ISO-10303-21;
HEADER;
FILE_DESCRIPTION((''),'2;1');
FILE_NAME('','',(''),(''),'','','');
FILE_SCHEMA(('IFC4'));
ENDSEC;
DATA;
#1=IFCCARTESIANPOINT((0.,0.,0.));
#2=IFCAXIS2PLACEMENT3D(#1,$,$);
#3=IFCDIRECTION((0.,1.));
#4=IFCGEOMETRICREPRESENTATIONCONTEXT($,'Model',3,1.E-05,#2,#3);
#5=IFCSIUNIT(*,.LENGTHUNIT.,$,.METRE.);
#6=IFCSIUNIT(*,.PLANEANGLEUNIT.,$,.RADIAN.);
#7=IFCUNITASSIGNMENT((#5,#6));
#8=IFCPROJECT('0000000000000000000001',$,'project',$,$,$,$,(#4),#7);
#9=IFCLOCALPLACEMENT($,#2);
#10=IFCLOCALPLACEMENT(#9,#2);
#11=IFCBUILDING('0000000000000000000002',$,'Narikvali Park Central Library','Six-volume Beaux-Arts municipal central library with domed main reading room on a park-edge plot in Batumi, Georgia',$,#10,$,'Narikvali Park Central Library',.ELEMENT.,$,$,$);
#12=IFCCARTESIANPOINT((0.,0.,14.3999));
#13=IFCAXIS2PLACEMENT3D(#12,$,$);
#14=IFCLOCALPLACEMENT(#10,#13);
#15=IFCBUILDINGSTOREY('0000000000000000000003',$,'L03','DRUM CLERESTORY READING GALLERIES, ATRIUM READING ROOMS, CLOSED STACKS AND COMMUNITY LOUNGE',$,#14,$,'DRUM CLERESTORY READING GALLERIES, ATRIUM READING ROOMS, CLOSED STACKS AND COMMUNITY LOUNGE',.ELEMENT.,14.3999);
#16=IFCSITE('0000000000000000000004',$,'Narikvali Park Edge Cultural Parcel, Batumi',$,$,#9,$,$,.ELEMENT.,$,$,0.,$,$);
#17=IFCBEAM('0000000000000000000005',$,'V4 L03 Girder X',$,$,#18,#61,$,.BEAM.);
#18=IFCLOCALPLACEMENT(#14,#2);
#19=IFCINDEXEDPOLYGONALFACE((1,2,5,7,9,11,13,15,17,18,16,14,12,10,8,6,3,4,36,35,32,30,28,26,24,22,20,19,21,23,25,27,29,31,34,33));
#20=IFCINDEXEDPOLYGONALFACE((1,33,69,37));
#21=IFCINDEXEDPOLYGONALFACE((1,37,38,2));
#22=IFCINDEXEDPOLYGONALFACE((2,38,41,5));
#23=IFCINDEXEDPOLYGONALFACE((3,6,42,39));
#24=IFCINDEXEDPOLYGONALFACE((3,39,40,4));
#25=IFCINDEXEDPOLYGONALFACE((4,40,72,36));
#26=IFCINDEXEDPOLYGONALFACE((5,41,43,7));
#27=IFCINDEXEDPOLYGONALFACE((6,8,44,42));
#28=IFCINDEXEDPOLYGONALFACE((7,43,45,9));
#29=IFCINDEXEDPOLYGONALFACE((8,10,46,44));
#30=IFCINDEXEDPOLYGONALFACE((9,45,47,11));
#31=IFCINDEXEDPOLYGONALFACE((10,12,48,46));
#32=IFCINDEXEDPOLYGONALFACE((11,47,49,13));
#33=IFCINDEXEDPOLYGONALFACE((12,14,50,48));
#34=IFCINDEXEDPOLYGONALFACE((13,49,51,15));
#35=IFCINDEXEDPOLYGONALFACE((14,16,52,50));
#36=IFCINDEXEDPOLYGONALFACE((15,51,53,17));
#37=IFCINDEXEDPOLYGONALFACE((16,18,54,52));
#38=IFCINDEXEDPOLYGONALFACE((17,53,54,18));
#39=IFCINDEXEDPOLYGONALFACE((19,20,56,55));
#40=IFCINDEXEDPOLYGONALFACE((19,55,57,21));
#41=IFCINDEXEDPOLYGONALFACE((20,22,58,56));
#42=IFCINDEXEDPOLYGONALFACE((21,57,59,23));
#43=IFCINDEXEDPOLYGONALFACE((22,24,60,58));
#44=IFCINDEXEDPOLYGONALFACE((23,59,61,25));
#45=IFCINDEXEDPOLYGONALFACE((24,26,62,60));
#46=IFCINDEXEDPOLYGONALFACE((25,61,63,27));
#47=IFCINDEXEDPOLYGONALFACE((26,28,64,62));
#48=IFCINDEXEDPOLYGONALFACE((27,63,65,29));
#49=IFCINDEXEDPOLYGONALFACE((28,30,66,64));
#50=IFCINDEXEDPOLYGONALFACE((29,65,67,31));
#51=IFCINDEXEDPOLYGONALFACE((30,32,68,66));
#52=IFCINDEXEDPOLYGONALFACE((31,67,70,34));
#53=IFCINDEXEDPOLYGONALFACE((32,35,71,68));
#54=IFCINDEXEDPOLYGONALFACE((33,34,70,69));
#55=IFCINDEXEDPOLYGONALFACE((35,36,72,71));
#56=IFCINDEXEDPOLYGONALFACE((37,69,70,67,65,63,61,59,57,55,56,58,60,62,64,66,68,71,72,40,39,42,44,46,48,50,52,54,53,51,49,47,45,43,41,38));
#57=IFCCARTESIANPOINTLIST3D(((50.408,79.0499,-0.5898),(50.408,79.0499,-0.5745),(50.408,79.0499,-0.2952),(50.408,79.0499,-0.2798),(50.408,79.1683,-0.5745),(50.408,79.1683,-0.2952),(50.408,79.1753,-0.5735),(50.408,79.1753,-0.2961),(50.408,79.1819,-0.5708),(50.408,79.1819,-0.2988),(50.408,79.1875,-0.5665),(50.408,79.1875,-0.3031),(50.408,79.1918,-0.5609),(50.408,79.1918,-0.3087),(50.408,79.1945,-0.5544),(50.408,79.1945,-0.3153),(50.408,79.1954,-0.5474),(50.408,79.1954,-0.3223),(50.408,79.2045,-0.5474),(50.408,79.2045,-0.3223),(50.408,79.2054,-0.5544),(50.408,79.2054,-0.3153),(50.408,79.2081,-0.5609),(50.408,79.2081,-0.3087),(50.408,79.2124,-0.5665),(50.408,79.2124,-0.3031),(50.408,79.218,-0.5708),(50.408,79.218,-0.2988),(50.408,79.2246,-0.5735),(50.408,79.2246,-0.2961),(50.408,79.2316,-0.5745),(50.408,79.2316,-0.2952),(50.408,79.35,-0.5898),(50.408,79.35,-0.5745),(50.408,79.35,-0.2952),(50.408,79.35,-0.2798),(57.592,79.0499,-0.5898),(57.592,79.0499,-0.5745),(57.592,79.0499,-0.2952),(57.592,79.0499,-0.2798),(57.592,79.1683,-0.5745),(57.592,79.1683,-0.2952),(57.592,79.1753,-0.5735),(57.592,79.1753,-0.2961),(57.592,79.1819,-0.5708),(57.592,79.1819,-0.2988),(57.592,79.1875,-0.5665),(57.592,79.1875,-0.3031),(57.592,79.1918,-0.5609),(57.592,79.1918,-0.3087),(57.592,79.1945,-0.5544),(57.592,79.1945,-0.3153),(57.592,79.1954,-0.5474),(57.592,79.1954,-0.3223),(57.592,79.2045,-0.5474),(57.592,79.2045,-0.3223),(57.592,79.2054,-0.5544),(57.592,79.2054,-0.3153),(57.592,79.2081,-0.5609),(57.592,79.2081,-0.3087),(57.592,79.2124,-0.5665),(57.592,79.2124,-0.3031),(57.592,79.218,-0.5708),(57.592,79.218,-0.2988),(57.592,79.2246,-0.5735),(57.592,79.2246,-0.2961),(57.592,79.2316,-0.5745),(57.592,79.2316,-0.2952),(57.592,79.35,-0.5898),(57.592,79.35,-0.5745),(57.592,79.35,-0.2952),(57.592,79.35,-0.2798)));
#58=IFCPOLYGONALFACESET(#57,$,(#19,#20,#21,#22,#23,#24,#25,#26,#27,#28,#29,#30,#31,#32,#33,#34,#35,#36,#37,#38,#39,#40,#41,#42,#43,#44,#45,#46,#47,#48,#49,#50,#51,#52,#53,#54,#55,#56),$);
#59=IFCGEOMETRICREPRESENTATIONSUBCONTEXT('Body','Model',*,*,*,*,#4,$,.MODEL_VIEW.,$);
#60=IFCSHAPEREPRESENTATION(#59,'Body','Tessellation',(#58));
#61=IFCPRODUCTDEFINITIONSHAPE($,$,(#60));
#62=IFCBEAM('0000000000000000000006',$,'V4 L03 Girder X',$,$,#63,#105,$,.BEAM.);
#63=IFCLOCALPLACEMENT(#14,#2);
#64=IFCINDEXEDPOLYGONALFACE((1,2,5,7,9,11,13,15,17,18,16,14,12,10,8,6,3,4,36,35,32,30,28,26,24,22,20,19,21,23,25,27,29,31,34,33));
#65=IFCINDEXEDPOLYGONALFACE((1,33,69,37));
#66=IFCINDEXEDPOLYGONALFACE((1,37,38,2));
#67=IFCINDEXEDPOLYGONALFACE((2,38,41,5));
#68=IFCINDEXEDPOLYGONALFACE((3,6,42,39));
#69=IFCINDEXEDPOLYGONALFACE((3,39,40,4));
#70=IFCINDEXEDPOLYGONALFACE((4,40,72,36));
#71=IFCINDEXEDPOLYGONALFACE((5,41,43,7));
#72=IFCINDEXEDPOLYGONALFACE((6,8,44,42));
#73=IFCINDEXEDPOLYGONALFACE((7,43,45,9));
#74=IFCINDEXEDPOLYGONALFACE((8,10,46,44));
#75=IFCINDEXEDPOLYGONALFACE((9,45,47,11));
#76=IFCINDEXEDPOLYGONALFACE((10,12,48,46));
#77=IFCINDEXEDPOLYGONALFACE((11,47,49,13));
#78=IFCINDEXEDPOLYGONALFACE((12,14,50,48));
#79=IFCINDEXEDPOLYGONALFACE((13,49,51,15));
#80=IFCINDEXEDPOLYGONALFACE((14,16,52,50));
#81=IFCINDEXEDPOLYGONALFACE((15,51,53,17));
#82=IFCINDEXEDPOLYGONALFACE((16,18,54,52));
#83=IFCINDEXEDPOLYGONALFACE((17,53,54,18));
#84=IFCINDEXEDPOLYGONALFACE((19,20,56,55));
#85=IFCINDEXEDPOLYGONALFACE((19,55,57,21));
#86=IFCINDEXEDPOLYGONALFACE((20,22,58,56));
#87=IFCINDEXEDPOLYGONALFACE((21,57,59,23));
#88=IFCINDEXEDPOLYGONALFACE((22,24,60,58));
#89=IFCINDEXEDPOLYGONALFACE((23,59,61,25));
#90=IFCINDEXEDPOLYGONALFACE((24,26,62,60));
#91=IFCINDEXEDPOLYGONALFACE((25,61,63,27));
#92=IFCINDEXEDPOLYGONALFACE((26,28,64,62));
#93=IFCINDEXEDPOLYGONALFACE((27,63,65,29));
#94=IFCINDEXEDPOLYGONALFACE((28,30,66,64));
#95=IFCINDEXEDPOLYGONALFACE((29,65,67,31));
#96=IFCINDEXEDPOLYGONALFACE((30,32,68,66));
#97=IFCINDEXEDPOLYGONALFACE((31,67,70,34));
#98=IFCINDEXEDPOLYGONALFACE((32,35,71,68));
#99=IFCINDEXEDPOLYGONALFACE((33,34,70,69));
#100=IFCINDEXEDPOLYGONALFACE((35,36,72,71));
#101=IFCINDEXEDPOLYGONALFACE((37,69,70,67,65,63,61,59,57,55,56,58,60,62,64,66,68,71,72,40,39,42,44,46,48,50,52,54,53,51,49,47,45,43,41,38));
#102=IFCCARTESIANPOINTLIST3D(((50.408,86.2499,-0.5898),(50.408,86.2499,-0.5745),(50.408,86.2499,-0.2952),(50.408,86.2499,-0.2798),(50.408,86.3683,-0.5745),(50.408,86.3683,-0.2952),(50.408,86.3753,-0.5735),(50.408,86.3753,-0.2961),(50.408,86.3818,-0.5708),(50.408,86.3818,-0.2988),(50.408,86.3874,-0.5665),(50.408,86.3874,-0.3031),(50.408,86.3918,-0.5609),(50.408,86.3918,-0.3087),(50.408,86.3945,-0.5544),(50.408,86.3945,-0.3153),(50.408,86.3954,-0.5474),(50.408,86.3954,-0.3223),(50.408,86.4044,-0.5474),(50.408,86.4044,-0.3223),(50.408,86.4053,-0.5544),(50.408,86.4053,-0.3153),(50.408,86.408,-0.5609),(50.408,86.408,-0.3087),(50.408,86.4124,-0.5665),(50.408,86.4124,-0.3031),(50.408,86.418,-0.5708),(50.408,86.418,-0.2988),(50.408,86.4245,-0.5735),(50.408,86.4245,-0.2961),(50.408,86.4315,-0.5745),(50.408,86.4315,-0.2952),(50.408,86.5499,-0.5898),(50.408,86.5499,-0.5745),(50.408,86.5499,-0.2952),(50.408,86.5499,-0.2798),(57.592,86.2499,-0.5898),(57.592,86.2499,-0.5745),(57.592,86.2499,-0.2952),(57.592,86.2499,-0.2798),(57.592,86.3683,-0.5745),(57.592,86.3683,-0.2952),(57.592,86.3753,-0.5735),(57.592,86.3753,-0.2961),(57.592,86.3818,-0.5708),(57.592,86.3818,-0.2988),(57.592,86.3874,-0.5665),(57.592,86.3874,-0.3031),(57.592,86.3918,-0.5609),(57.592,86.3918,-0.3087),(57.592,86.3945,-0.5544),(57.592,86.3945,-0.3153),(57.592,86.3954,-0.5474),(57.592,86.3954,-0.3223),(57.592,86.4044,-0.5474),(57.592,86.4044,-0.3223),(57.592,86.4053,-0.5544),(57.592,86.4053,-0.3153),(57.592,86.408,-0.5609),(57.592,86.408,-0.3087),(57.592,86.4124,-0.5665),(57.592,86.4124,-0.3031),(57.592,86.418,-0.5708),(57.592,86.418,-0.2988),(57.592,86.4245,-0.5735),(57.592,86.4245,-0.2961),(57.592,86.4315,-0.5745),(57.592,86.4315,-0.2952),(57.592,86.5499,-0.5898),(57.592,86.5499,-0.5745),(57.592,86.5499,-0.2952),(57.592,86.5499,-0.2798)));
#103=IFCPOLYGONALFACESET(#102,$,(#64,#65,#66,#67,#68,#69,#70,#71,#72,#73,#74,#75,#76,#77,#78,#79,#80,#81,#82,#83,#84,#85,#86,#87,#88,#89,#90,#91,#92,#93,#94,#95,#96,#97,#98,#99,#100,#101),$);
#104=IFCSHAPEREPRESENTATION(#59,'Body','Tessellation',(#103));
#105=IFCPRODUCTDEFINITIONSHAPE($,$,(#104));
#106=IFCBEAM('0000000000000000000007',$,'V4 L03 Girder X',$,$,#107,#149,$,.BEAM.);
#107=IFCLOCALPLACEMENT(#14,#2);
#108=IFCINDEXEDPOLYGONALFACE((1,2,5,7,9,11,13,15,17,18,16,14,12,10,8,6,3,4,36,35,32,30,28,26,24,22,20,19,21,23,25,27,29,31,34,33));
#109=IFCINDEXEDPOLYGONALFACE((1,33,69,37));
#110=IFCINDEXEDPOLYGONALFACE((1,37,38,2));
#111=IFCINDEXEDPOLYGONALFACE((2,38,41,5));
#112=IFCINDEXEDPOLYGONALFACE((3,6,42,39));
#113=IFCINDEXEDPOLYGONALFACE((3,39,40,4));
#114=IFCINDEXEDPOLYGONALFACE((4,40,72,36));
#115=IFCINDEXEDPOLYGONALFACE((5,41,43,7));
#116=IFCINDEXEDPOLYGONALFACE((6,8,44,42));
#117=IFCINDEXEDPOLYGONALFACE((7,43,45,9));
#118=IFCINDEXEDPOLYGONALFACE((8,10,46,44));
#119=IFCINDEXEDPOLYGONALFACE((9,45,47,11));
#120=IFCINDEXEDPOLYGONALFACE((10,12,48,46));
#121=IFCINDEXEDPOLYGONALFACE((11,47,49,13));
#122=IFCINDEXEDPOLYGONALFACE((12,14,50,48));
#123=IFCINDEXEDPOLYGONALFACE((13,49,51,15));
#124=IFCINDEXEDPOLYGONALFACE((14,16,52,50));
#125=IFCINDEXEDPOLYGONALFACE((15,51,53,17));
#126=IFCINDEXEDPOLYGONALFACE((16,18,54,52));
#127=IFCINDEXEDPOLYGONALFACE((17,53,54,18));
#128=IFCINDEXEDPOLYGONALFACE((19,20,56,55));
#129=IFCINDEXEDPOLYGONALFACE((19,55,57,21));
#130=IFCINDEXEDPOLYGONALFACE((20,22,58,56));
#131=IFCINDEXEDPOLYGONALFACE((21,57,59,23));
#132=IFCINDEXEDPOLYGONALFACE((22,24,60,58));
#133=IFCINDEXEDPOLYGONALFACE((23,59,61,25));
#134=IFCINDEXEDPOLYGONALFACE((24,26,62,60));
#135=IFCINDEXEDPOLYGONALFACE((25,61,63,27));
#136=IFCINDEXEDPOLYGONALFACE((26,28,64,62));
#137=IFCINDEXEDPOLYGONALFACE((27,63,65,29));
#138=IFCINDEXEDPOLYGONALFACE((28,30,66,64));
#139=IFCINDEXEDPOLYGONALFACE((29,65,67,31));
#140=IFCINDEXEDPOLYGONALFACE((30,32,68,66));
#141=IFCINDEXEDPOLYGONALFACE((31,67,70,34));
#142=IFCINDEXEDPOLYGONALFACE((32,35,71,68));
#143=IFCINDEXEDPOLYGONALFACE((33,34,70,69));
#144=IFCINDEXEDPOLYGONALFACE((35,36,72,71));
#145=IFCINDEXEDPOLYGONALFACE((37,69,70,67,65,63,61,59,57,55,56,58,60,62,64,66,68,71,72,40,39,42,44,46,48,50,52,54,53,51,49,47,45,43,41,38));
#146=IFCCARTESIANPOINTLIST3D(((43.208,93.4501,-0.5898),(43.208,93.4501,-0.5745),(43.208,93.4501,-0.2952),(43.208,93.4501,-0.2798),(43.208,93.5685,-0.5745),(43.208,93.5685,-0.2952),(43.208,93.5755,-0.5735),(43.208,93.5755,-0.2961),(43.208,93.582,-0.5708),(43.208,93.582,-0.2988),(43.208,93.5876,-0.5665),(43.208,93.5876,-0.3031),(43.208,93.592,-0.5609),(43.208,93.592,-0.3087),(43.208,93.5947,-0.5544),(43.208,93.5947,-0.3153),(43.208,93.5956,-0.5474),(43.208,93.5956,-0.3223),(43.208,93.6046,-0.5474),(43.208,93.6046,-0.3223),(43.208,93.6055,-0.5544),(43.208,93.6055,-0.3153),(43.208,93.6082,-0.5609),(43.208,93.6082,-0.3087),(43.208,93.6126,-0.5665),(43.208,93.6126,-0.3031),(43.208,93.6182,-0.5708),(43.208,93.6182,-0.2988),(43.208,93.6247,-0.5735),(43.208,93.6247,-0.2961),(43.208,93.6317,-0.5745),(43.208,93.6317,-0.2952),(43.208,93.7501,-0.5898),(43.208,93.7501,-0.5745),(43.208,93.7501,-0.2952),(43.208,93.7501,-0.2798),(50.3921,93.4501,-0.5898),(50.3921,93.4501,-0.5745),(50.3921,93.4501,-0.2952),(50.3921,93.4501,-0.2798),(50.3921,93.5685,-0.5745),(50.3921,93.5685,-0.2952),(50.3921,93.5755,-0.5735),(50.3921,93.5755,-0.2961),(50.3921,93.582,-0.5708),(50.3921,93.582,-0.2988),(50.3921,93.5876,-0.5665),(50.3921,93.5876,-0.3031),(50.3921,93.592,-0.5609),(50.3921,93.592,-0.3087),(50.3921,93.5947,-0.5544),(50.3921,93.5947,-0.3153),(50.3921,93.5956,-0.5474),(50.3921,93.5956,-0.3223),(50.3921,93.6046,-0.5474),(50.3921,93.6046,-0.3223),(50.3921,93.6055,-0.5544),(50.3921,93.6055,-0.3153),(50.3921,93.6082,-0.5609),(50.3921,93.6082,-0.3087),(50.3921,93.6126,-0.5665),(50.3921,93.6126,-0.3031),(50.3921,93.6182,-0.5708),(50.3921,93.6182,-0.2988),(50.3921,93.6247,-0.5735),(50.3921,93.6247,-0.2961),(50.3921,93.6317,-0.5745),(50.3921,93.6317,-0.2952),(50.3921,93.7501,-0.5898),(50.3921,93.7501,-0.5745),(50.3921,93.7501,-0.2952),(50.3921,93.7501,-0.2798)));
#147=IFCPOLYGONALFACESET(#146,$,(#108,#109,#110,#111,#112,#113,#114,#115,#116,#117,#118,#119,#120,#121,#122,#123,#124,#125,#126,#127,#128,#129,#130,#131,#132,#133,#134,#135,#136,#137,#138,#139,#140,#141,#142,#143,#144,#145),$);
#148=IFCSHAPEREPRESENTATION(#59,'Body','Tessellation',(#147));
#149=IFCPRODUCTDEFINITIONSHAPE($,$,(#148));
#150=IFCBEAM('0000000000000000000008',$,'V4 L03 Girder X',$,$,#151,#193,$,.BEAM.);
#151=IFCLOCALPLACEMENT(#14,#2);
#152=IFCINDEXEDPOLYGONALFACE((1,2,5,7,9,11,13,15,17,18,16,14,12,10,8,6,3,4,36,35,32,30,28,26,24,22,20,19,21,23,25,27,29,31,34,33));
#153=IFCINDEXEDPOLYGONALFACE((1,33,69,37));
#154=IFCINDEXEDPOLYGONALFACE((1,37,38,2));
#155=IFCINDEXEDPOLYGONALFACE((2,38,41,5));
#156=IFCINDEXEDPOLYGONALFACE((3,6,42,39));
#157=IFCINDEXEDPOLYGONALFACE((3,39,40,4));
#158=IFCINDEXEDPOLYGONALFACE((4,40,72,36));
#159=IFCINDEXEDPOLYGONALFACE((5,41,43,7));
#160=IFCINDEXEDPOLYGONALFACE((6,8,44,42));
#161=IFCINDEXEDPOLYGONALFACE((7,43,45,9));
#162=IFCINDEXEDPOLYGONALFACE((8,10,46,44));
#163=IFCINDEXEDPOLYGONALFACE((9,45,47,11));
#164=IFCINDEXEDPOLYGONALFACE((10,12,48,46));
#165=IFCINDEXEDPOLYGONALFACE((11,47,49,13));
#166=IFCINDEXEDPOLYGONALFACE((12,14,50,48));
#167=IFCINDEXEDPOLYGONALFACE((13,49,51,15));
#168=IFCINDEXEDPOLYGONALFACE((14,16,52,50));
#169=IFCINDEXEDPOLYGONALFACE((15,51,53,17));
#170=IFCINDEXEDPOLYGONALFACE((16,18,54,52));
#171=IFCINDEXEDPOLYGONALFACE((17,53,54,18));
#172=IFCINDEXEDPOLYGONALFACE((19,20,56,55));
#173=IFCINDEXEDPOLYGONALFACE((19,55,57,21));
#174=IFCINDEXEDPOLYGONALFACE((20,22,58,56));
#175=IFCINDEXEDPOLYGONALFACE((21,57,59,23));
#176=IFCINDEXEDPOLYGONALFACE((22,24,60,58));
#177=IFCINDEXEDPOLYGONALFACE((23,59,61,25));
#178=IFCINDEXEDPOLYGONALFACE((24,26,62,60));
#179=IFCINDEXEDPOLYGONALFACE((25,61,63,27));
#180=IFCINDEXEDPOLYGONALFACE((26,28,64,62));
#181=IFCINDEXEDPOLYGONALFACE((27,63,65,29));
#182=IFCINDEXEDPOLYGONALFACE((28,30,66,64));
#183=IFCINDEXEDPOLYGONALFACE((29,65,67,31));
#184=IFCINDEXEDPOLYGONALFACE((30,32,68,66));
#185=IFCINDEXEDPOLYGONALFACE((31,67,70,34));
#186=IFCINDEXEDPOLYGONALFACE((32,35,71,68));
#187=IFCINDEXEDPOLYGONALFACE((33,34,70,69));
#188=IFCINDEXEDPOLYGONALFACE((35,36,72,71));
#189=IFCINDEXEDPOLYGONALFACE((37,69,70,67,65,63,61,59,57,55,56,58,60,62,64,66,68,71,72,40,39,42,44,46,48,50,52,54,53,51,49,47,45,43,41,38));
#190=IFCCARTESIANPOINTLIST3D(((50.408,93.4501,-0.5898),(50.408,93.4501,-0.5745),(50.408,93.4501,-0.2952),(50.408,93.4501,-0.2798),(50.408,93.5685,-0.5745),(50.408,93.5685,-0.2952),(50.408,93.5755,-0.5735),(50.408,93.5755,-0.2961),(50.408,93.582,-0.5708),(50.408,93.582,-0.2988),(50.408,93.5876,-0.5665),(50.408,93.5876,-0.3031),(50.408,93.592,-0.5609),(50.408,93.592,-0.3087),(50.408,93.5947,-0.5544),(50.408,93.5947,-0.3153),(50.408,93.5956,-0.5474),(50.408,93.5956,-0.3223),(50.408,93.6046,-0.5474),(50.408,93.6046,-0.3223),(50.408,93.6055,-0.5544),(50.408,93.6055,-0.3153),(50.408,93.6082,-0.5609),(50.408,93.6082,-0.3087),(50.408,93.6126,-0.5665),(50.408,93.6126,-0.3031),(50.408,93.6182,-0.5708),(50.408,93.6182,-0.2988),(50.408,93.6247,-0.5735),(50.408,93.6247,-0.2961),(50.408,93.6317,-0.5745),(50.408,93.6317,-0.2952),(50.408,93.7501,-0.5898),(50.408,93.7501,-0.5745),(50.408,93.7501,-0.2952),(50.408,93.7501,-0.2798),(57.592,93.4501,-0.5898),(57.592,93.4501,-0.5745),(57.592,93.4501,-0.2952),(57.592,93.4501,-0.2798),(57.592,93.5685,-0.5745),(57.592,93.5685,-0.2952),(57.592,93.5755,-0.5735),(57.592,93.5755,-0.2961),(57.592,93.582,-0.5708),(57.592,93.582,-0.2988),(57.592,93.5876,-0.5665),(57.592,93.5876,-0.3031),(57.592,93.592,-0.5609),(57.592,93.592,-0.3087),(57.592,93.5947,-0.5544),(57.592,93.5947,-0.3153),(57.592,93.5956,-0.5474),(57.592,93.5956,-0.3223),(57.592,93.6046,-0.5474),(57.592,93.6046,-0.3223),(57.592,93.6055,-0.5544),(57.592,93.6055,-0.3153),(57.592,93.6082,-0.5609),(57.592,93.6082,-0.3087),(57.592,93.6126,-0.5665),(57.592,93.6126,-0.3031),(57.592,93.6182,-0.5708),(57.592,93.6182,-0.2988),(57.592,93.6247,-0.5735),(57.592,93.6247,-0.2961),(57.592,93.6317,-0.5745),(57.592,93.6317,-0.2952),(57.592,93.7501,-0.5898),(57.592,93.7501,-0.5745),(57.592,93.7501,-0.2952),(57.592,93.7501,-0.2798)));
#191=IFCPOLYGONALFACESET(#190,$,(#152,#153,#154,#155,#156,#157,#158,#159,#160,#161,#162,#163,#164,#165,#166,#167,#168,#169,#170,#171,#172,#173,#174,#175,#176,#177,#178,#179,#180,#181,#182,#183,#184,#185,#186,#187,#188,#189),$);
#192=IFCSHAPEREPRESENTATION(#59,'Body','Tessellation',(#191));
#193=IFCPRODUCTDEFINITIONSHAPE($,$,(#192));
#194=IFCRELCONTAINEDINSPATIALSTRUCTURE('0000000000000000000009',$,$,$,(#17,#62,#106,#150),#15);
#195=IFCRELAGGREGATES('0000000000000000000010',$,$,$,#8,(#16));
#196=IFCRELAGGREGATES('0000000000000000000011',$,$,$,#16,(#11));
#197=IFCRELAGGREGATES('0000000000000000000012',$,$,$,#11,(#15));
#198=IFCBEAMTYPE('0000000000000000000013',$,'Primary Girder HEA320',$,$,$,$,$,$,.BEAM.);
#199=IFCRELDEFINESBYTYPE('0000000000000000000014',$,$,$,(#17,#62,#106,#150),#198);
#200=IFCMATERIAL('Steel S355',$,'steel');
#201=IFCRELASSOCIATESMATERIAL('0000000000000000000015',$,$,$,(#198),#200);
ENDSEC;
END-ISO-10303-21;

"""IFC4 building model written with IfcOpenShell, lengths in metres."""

from ifc_helpers import new_model, si_unit, direction, frame, origin, origin_2d, place, context, subcontext, project, spatial, i_section, extrude, material, material_profile, profile_set, type_object, element, save


model = new_model("IFC4")

# Units and contexts
model_context = context("Model", 3, precision=1e-05, world=origin(), true_north=direction((0.0, 1.0)))
body_context = subcontext(model_context, "Body", "Model", "MODEL_VIEW")
ifc_project = project(units=[si_unit("LENGTHUNIT", "METRE"), si_unit("PLANEANGLEUNIT", "RADIAN")], contexts=[model_context])

# Site, building, storey
site_placement = place(None, origin())
site = spatial("IfcSite", under=ifc_project, at=site_placement, Name="Narikvali Park Edge Cultural Parcel, Batumi", CompositionType="ELEMENT", RefElevation=0.0)
building_placement = place(site_placement, origin())
building = spatial("IfcBuilding", under=site, at=building_placement, Name="Narikvali Park Central Library", Description="Six-volume Beaux-Arts municipal central library with domed main reading room on a park-edge plot in Batumi, Georgia", LongName="Narikvali Park Central Library", CompositionType="ELEMENT")
storey_placement = place(building_placement, frame((0.0, 0.0, 14.3999)))
storey = spatial("IfcBuildingStorey", under=building, at=storey_placement, Name="L03", Description="DRUM CLERESTORY READING GALLERIES, ATRIUM READING ROOMS, CLOSED STACKS AND COMMUNITY LOUNGE", LongName="DRUM CLERESTORY READING GALLERIES, ATRIUM READING ROOMS, CLOSED STACKS AND COMMUNITY LOUNGE", CompositionType="ELEMENT", Elevation=14.3999)

# Shared definitions
ifc_material_1 = material(Name="Steel S355", Category="steel")

# Beams
ifc_material_profile_1 = material_profile(ifc_material_1, i_section(OverallWidth=0.3, OverallDepth=0.3101, WebThickness=0.009, FlangeThickness=0.0154, FilletRadius=0.0271, at=origin_2d()), Name="HEA 320")
ifc_profile_set_1 = profile_set([ifc_material_profile_1], Name="Steel S355")
beam_type_1 = type_object("IfcBeamType", Name="Primary Girder HEA320", PredefinedType="BEAM", material=ifc_profile_set_1)
for number, where, z_axis, x_axis, name in (
    (1, (50.408, 79.2, -0.4348), (1.0, 0.0, 0.0), (0.0, 1.0, 0.0), "V4 L03 Girder X"),
    (2, (50.408, 86.3999, -0.4348), (1.0, 0.0, 0.0), (0.0, 1.0, 0.0), "V4 L03 Girder X"),
    (3, (43.208, 93.6001, -0.4348), (1.0, 0.0, 0.0), (0.0, 1.0, 0.0), "V4 L03 Girder X"),
    (4, (50.408, 93.6001, -0.4348), (1.0, 0.0, 0.0), (0.0, 1.0, 0.0), "V4 L03 Girder X"),
):
    element("IfcBeam", number, at=place(storey_placement, frame(where, z_axis=z_axis, x_axis=x_axis)), inside=storey, type_object=beam_type_1, Name=name, PredefinedType="BEAM", context=body_context, shape_type="SweptSolid", body=[
        extrude(i_section(OverallWidth=0.3, OverallDepth=0.3101, WebThickness=0.009, FlangeThickness=0.0154, FilletRadius=0.0271, at=origin_2d()), origin(), (0.0, 0.0, 1.0), 7.1841),
    ])

save(model, "model.ifc")
